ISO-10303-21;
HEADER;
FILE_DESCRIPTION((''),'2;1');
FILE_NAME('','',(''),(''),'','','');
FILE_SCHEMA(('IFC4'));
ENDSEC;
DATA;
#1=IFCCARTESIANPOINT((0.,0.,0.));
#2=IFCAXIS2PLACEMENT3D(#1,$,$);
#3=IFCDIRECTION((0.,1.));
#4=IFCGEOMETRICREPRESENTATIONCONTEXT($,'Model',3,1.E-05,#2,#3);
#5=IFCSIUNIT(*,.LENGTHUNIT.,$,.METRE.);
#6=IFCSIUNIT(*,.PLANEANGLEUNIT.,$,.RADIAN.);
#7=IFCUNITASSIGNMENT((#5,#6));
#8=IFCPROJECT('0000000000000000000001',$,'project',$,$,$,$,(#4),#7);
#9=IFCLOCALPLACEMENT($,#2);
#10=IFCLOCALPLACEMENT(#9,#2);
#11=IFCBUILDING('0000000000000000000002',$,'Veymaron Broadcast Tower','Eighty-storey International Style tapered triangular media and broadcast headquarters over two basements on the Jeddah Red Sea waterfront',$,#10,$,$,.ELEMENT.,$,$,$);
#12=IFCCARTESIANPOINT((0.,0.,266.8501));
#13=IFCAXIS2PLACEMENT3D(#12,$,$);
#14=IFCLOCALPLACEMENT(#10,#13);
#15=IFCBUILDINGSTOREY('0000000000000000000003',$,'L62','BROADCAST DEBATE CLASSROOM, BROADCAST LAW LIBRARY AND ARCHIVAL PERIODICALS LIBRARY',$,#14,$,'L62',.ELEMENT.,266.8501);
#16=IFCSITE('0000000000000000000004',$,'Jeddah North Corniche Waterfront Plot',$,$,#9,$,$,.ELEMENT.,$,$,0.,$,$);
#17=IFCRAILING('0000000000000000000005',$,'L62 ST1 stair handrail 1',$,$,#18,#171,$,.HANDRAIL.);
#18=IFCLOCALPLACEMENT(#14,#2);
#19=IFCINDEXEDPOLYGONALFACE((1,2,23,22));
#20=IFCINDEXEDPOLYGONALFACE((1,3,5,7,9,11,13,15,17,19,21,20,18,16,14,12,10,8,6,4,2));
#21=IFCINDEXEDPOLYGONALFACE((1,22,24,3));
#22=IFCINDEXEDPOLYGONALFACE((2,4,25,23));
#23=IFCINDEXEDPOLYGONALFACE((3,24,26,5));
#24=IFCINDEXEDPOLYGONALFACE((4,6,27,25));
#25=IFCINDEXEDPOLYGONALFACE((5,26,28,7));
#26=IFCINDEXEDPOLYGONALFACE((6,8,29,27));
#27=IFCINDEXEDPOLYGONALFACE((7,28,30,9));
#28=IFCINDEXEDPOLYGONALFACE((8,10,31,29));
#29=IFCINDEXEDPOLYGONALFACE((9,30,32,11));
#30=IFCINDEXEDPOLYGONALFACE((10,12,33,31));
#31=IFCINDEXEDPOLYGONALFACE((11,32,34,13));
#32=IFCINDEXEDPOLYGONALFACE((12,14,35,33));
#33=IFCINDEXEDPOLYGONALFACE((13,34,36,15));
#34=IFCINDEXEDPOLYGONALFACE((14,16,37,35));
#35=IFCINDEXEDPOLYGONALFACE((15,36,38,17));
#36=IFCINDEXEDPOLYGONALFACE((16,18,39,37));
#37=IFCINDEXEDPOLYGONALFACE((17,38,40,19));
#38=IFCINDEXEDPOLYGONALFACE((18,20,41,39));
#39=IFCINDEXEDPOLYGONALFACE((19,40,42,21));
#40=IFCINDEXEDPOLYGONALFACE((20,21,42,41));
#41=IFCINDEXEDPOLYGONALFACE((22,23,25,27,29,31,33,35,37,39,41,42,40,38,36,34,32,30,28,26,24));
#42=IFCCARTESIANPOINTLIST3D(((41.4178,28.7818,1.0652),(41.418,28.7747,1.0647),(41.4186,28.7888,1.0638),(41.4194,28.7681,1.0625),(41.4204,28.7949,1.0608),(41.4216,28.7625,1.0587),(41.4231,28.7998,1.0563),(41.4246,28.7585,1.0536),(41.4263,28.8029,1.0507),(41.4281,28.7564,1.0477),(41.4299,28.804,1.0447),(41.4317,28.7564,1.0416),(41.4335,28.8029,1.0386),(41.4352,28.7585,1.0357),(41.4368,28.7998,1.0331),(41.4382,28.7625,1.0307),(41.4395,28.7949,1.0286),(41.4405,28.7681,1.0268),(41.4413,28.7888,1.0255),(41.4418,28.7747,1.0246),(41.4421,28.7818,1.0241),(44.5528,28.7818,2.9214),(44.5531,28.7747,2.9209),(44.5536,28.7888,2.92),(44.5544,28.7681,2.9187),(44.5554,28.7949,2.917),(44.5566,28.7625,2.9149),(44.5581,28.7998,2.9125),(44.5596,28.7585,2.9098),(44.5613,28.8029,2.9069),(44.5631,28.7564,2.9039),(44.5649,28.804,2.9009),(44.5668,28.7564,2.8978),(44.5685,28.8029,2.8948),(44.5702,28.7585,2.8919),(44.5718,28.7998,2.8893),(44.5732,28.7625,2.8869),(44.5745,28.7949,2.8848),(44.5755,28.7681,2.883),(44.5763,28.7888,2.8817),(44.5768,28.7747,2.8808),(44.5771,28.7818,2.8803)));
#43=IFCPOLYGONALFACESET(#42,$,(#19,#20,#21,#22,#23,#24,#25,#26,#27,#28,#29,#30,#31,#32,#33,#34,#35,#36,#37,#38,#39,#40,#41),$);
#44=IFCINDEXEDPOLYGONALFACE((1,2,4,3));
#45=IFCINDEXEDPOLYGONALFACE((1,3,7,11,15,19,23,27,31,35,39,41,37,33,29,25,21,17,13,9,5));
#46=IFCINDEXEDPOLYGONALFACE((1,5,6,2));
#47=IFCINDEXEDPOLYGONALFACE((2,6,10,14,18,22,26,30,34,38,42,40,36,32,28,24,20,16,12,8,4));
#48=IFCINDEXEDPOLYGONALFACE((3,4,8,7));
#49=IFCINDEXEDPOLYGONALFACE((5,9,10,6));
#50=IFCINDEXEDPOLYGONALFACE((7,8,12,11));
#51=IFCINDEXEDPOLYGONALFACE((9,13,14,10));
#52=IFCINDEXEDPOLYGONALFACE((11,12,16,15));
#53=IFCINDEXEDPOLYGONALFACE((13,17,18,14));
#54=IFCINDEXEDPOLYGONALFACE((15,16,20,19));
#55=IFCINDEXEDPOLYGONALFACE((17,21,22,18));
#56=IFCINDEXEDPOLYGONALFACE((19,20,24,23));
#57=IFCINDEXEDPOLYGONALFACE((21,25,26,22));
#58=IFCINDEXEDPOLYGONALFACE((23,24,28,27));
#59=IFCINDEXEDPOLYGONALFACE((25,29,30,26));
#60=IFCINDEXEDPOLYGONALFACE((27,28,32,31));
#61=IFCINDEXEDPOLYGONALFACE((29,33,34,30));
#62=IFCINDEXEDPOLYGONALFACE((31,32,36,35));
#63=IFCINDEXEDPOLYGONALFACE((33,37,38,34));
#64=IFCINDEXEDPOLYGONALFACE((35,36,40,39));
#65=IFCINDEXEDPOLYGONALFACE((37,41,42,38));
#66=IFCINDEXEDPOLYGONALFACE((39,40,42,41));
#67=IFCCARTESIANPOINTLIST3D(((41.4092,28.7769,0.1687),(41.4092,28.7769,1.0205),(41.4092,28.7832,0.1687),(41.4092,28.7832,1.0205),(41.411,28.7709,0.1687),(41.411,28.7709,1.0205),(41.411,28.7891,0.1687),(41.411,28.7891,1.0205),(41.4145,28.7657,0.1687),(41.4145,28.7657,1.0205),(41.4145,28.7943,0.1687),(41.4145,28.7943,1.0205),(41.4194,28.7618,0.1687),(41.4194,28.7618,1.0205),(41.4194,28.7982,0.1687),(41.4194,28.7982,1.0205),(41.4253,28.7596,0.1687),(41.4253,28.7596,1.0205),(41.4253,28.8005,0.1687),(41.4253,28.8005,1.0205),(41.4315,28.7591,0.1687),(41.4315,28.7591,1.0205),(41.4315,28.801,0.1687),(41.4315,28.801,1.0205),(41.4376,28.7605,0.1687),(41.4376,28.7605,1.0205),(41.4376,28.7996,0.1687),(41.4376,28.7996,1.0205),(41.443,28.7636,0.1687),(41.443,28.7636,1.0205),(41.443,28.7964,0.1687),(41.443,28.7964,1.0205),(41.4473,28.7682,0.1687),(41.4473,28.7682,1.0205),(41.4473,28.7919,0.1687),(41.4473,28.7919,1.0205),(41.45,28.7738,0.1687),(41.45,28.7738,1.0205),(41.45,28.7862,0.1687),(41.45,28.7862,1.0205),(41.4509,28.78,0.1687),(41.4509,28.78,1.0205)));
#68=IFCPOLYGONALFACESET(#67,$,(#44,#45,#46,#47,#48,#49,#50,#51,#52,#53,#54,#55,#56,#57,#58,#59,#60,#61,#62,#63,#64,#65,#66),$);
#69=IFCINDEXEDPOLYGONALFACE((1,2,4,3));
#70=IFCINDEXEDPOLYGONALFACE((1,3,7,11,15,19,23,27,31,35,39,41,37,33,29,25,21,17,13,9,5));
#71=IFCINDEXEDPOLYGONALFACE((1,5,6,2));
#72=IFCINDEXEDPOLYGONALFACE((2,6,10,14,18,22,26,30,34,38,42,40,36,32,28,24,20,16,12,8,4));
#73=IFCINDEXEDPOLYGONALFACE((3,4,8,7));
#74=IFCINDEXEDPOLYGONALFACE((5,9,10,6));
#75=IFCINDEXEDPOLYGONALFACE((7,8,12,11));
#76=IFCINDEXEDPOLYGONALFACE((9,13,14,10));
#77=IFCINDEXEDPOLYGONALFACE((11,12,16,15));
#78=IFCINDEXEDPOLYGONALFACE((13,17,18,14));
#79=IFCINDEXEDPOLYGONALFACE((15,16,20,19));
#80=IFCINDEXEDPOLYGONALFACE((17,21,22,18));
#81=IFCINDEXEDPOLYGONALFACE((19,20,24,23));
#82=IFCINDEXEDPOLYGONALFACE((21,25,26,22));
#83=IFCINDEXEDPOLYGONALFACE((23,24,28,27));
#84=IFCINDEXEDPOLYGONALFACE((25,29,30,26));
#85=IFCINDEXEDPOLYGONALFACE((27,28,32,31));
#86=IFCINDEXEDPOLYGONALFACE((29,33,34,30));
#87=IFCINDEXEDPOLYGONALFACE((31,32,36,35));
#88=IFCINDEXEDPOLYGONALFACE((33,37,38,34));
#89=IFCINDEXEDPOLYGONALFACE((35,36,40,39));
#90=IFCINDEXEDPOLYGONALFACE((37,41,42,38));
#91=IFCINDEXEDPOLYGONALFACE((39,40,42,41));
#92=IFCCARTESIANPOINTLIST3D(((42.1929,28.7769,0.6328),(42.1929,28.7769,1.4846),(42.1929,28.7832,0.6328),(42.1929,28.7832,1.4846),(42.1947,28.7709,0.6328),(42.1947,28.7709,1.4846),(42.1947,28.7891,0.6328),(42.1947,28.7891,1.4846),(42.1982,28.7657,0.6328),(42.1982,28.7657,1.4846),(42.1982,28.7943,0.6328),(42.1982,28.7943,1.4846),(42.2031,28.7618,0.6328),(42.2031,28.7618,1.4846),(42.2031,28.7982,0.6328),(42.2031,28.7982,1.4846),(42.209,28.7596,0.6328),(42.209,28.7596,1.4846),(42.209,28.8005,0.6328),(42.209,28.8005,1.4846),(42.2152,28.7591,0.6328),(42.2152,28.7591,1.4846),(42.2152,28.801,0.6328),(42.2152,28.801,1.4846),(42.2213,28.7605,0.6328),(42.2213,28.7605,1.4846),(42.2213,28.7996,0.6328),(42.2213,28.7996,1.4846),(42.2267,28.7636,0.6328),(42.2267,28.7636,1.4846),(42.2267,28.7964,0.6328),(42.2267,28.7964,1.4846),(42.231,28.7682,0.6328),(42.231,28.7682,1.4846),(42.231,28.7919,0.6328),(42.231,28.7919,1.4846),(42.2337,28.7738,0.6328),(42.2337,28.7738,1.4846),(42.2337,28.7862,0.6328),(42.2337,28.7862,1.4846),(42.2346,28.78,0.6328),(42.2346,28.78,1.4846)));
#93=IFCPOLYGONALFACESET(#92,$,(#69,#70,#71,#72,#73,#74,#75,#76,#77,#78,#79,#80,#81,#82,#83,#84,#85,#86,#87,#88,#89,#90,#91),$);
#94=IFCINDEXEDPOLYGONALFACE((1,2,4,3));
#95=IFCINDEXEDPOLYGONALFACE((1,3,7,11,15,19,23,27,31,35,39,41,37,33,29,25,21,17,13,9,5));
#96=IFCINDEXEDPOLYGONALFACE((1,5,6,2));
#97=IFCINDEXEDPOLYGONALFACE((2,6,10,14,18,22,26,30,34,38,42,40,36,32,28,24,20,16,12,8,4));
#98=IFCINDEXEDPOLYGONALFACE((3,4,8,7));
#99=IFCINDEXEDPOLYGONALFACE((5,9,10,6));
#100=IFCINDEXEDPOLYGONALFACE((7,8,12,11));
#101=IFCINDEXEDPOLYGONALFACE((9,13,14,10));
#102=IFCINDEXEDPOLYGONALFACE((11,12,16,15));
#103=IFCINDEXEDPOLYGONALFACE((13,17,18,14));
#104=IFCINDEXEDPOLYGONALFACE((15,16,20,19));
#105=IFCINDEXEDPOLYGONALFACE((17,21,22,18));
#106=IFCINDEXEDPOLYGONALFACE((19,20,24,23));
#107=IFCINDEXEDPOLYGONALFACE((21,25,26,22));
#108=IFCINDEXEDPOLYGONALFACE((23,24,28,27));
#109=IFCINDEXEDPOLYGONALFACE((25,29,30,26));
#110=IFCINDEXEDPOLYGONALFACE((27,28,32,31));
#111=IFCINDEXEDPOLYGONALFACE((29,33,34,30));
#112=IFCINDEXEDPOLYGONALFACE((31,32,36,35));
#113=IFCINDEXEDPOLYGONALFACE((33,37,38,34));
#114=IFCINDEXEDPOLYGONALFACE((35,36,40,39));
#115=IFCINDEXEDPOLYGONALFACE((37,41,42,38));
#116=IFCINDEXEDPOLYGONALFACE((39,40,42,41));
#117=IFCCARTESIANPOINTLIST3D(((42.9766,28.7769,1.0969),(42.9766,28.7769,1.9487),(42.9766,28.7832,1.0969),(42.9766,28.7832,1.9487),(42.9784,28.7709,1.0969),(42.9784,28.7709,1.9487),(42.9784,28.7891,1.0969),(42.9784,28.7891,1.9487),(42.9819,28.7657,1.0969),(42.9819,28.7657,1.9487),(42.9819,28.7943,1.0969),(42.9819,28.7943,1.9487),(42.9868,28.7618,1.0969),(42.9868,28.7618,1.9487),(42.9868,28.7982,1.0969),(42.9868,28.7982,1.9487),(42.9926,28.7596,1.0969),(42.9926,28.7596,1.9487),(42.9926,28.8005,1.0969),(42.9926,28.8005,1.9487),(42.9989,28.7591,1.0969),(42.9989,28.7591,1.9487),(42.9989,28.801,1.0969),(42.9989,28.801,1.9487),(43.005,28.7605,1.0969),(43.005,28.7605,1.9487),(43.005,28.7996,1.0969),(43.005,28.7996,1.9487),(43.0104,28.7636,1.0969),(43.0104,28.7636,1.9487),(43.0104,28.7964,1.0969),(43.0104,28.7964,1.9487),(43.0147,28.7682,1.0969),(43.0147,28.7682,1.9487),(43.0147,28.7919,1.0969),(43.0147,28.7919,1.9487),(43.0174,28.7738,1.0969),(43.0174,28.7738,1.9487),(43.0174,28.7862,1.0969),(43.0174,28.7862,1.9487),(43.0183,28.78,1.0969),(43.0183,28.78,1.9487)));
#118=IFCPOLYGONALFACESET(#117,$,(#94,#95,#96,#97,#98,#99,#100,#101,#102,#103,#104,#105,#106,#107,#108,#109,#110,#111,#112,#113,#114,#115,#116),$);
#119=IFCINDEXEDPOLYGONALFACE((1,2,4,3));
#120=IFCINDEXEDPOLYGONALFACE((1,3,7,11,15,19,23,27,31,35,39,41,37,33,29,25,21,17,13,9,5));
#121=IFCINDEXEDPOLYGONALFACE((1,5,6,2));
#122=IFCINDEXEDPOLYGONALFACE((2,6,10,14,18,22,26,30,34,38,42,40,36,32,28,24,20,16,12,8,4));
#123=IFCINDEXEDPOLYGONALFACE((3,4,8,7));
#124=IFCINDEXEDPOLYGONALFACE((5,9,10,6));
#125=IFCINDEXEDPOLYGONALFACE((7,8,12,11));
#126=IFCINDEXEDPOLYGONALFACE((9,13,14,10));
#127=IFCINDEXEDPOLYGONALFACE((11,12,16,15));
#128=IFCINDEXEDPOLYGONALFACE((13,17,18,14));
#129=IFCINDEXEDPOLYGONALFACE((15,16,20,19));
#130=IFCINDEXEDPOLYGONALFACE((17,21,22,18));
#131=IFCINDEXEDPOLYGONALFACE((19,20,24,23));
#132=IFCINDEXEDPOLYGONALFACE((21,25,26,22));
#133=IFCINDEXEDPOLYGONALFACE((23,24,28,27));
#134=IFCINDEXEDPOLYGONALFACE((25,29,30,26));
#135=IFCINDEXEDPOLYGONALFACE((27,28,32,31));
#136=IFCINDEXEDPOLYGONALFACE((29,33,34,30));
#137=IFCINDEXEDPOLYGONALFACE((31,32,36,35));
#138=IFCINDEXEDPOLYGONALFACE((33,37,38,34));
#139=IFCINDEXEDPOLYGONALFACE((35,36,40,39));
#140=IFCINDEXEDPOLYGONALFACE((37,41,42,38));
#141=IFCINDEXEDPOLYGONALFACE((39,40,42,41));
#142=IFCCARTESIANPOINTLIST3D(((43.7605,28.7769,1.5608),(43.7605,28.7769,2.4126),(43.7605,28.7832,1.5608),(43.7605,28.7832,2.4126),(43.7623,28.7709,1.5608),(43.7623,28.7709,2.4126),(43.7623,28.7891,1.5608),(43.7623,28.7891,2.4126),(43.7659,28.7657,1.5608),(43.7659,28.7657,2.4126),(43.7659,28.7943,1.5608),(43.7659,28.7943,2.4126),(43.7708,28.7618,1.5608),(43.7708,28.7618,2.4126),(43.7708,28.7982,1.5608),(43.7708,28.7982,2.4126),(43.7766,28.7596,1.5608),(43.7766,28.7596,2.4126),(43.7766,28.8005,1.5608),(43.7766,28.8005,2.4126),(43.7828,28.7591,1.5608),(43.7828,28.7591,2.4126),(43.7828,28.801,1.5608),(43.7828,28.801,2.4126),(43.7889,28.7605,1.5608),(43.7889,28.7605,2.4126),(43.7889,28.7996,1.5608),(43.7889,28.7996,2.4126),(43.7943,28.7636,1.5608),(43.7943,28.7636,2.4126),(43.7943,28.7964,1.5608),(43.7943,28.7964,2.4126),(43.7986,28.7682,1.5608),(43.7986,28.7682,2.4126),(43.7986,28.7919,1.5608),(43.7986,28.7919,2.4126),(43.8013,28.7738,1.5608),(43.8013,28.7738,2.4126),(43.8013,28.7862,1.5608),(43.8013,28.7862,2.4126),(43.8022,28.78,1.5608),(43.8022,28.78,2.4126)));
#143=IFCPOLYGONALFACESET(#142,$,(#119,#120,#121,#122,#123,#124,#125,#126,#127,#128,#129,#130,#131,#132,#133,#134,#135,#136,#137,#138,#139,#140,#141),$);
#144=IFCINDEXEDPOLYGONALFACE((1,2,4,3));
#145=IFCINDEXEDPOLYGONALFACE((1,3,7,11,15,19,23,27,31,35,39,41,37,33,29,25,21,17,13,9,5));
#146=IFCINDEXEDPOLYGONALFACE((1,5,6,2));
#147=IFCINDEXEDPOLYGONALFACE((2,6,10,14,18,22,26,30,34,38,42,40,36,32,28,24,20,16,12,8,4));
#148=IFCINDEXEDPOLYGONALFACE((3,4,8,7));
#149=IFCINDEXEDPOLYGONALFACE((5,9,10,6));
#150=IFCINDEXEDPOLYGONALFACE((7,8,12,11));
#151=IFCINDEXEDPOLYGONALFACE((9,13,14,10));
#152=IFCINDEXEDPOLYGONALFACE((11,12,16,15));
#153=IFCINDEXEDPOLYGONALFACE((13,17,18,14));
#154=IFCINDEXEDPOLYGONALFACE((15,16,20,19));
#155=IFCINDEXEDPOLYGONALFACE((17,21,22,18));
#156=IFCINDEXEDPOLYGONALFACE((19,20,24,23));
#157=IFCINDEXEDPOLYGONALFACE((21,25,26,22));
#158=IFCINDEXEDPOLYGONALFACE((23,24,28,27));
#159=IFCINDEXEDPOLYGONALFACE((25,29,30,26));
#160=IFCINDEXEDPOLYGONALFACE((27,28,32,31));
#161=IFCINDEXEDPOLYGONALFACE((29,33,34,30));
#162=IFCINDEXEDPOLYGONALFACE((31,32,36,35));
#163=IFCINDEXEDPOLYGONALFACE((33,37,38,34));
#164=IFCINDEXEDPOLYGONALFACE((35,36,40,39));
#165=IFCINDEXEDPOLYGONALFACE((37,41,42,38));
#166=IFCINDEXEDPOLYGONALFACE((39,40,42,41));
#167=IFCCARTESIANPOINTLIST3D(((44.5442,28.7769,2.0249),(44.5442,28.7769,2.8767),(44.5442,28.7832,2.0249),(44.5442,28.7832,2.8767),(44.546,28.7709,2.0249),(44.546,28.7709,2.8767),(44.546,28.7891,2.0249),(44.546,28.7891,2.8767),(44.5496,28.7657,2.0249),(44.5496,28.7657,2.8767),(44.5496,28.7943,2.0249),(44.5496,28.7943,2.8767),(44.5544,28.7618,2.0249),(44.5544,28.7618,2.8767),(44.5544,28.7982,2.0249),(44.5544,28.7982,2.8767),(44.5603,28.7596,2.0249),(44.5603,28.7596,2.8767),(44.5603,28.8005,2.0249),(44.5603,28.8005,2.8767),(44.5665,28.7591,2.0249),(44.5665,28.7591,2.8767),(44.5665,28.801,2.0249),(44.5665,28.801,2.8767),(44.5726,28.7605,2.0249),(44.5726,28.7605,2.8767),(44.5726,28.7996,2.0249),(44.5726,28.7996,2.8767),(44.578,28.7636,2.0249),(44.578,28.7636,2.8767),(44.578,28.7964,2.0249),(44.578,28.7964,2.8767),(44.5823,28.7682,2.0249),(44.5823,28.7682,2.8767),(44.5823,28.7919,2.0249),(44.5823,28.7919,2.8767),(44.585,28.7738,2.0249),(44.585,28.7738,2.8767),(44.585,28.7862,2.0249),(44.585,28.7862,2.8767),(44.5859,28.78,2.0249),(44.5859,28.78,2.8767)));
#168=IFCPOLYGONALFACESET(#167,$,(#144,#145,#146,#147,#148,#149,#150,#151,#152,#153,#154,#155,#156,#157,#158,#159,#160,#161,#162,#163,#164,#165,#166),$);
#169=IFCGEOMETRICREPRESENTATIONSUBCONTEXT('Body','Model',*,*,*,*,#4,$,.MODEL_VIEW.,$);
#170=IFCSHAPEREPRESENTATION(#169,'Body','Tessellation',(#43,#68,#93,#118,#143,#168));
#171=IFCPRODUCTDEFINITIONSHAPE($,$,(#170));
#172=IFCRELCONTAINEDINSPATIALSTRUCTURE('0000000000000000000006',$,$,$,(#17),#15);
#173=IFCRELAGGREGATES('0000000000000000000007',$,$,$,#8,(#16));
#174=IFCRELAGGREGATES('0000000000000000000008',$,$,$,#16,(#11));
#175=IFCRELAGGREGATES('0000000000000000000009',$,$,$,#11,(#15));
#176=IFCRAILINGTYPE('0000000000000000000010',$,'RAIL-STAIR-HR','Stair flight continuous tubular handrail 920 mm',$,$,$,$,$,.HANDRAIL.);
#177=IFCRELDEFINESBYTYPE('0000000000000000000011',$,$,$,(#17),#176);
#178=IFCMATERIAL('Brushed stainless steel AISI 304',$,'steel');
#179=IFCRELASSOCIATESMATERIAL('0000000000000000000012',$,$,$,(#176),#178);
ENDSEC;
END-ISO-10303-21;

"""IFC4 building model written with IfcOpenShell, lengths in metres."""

from ifc_helpers import new_model, si_unit, direction, frame, origin, origin_2d, place, context, subcontext, project, spatial, circle, extrude, material, type_object, element, save


model = new_model("IFC4")

# Units and contexts
model_context = context("Model", 3, precision=1e-05, world=origin(), true_north=direction((0.0, 1.0)))
body_context = subcontext(model_context, "Body", "Model", "MODEL_VIEW")
ifc_project = project(units=[si_unit("LENGTHUNIT", "METRE"), si_unit("PLANEANGLEUNIT", "RADIAN")], contexts=[model_context])

# Site, building, storey
site_placement = place(None, origin())
site = spatial("IfcSite", under=ifc_project, at=site_placement, Name="Jeddah North Corniche Waterfront Plot", CompositionType="ELEMENT", RefElevation=0.0)
building_placement = place(site_placement, origin())
building = spatial("IfcBuilding", under=site, at=building_placement, Name="Veymaron Broadcast Tower", Description="Eighty-storey International Style tapered triangular media and broadcast headquarters over two basements on the Jeddah Red Sea waterfront", CompositionType="ELEMENT")
storey_placement = place(building_placement, frame((0.0, 0.0, 266.8501)))
storey = spatial("IfcBuildingStorey", under=building, at=storey_placement, Name="L62", Description="BROADCAST DEBATE CLASSROOM, BROADCAST LAW LIBRARY AND ARCHIVAL PERIODICALS LIBRARY", LongName="L62", CompositionType="ELEMENT", Elevation=266.8501)

# Railing
ifc_material_1 = material(Name="Brushed stainless steel AISI 304", Category="steel")
railing_type_1 = type_object("IfcRailingType", Name="RAIL-STAIR-HR", Description="Stair flight continuous tubular handrail 920 mm", PredefinedType="HANDRAIL", material=ifc_material_1)
railing_1_placement = place(storey_placement, frame((41.4299, 28.78, 0.1687)))
element("IfcRailing", 1, at=railing_1_placement, inside=storey, type_object=railing_type_1, Name="L62 ST1 stair handrail 1", PredefinedType="HANDRAIL", context=body_context, shape_type="SweptSolid", body=[
    extrude(circle(Radius=0.0239, at=origin_2d()), frame((0.0, 0.0, 0.876), z_axis=(0.860482, 0.0, 0.509481), x_axis=(0.0, 1.0, 0.0)), (0.0, 0.0, 1.0), 3.6433),
    extrude(circle(Radius=0.021, at=origin_2d()), origin(), (0.0, 0.0, 1.0), 0.8518),
    extrude(circle(Radius=0.021, at=origin_2d()), frame((0.7837, 0.0, 0.4641)), (0.0, 0.0, 1.0), 0.8518),
    extrude(circle(Radius=0.021, at=origin_2d()), frame((1.5674, 0.0, 0.9282)), (0.0, 0.0, 1.0), 0.8518),
    extrude(circle(Radius=0.021, at=origin_2d()), frame((2.3513, 0.0, 1.3921)), (0.0, 0.0, 1.0), 0.8518),
    extrude(circle(Radius=0.021, at=origin_2d()), frame((3.135, 0.0, 1.8562)), (0.0, 0.0, 1.0), 0.8518),
])

save(model, "model.ifc")
